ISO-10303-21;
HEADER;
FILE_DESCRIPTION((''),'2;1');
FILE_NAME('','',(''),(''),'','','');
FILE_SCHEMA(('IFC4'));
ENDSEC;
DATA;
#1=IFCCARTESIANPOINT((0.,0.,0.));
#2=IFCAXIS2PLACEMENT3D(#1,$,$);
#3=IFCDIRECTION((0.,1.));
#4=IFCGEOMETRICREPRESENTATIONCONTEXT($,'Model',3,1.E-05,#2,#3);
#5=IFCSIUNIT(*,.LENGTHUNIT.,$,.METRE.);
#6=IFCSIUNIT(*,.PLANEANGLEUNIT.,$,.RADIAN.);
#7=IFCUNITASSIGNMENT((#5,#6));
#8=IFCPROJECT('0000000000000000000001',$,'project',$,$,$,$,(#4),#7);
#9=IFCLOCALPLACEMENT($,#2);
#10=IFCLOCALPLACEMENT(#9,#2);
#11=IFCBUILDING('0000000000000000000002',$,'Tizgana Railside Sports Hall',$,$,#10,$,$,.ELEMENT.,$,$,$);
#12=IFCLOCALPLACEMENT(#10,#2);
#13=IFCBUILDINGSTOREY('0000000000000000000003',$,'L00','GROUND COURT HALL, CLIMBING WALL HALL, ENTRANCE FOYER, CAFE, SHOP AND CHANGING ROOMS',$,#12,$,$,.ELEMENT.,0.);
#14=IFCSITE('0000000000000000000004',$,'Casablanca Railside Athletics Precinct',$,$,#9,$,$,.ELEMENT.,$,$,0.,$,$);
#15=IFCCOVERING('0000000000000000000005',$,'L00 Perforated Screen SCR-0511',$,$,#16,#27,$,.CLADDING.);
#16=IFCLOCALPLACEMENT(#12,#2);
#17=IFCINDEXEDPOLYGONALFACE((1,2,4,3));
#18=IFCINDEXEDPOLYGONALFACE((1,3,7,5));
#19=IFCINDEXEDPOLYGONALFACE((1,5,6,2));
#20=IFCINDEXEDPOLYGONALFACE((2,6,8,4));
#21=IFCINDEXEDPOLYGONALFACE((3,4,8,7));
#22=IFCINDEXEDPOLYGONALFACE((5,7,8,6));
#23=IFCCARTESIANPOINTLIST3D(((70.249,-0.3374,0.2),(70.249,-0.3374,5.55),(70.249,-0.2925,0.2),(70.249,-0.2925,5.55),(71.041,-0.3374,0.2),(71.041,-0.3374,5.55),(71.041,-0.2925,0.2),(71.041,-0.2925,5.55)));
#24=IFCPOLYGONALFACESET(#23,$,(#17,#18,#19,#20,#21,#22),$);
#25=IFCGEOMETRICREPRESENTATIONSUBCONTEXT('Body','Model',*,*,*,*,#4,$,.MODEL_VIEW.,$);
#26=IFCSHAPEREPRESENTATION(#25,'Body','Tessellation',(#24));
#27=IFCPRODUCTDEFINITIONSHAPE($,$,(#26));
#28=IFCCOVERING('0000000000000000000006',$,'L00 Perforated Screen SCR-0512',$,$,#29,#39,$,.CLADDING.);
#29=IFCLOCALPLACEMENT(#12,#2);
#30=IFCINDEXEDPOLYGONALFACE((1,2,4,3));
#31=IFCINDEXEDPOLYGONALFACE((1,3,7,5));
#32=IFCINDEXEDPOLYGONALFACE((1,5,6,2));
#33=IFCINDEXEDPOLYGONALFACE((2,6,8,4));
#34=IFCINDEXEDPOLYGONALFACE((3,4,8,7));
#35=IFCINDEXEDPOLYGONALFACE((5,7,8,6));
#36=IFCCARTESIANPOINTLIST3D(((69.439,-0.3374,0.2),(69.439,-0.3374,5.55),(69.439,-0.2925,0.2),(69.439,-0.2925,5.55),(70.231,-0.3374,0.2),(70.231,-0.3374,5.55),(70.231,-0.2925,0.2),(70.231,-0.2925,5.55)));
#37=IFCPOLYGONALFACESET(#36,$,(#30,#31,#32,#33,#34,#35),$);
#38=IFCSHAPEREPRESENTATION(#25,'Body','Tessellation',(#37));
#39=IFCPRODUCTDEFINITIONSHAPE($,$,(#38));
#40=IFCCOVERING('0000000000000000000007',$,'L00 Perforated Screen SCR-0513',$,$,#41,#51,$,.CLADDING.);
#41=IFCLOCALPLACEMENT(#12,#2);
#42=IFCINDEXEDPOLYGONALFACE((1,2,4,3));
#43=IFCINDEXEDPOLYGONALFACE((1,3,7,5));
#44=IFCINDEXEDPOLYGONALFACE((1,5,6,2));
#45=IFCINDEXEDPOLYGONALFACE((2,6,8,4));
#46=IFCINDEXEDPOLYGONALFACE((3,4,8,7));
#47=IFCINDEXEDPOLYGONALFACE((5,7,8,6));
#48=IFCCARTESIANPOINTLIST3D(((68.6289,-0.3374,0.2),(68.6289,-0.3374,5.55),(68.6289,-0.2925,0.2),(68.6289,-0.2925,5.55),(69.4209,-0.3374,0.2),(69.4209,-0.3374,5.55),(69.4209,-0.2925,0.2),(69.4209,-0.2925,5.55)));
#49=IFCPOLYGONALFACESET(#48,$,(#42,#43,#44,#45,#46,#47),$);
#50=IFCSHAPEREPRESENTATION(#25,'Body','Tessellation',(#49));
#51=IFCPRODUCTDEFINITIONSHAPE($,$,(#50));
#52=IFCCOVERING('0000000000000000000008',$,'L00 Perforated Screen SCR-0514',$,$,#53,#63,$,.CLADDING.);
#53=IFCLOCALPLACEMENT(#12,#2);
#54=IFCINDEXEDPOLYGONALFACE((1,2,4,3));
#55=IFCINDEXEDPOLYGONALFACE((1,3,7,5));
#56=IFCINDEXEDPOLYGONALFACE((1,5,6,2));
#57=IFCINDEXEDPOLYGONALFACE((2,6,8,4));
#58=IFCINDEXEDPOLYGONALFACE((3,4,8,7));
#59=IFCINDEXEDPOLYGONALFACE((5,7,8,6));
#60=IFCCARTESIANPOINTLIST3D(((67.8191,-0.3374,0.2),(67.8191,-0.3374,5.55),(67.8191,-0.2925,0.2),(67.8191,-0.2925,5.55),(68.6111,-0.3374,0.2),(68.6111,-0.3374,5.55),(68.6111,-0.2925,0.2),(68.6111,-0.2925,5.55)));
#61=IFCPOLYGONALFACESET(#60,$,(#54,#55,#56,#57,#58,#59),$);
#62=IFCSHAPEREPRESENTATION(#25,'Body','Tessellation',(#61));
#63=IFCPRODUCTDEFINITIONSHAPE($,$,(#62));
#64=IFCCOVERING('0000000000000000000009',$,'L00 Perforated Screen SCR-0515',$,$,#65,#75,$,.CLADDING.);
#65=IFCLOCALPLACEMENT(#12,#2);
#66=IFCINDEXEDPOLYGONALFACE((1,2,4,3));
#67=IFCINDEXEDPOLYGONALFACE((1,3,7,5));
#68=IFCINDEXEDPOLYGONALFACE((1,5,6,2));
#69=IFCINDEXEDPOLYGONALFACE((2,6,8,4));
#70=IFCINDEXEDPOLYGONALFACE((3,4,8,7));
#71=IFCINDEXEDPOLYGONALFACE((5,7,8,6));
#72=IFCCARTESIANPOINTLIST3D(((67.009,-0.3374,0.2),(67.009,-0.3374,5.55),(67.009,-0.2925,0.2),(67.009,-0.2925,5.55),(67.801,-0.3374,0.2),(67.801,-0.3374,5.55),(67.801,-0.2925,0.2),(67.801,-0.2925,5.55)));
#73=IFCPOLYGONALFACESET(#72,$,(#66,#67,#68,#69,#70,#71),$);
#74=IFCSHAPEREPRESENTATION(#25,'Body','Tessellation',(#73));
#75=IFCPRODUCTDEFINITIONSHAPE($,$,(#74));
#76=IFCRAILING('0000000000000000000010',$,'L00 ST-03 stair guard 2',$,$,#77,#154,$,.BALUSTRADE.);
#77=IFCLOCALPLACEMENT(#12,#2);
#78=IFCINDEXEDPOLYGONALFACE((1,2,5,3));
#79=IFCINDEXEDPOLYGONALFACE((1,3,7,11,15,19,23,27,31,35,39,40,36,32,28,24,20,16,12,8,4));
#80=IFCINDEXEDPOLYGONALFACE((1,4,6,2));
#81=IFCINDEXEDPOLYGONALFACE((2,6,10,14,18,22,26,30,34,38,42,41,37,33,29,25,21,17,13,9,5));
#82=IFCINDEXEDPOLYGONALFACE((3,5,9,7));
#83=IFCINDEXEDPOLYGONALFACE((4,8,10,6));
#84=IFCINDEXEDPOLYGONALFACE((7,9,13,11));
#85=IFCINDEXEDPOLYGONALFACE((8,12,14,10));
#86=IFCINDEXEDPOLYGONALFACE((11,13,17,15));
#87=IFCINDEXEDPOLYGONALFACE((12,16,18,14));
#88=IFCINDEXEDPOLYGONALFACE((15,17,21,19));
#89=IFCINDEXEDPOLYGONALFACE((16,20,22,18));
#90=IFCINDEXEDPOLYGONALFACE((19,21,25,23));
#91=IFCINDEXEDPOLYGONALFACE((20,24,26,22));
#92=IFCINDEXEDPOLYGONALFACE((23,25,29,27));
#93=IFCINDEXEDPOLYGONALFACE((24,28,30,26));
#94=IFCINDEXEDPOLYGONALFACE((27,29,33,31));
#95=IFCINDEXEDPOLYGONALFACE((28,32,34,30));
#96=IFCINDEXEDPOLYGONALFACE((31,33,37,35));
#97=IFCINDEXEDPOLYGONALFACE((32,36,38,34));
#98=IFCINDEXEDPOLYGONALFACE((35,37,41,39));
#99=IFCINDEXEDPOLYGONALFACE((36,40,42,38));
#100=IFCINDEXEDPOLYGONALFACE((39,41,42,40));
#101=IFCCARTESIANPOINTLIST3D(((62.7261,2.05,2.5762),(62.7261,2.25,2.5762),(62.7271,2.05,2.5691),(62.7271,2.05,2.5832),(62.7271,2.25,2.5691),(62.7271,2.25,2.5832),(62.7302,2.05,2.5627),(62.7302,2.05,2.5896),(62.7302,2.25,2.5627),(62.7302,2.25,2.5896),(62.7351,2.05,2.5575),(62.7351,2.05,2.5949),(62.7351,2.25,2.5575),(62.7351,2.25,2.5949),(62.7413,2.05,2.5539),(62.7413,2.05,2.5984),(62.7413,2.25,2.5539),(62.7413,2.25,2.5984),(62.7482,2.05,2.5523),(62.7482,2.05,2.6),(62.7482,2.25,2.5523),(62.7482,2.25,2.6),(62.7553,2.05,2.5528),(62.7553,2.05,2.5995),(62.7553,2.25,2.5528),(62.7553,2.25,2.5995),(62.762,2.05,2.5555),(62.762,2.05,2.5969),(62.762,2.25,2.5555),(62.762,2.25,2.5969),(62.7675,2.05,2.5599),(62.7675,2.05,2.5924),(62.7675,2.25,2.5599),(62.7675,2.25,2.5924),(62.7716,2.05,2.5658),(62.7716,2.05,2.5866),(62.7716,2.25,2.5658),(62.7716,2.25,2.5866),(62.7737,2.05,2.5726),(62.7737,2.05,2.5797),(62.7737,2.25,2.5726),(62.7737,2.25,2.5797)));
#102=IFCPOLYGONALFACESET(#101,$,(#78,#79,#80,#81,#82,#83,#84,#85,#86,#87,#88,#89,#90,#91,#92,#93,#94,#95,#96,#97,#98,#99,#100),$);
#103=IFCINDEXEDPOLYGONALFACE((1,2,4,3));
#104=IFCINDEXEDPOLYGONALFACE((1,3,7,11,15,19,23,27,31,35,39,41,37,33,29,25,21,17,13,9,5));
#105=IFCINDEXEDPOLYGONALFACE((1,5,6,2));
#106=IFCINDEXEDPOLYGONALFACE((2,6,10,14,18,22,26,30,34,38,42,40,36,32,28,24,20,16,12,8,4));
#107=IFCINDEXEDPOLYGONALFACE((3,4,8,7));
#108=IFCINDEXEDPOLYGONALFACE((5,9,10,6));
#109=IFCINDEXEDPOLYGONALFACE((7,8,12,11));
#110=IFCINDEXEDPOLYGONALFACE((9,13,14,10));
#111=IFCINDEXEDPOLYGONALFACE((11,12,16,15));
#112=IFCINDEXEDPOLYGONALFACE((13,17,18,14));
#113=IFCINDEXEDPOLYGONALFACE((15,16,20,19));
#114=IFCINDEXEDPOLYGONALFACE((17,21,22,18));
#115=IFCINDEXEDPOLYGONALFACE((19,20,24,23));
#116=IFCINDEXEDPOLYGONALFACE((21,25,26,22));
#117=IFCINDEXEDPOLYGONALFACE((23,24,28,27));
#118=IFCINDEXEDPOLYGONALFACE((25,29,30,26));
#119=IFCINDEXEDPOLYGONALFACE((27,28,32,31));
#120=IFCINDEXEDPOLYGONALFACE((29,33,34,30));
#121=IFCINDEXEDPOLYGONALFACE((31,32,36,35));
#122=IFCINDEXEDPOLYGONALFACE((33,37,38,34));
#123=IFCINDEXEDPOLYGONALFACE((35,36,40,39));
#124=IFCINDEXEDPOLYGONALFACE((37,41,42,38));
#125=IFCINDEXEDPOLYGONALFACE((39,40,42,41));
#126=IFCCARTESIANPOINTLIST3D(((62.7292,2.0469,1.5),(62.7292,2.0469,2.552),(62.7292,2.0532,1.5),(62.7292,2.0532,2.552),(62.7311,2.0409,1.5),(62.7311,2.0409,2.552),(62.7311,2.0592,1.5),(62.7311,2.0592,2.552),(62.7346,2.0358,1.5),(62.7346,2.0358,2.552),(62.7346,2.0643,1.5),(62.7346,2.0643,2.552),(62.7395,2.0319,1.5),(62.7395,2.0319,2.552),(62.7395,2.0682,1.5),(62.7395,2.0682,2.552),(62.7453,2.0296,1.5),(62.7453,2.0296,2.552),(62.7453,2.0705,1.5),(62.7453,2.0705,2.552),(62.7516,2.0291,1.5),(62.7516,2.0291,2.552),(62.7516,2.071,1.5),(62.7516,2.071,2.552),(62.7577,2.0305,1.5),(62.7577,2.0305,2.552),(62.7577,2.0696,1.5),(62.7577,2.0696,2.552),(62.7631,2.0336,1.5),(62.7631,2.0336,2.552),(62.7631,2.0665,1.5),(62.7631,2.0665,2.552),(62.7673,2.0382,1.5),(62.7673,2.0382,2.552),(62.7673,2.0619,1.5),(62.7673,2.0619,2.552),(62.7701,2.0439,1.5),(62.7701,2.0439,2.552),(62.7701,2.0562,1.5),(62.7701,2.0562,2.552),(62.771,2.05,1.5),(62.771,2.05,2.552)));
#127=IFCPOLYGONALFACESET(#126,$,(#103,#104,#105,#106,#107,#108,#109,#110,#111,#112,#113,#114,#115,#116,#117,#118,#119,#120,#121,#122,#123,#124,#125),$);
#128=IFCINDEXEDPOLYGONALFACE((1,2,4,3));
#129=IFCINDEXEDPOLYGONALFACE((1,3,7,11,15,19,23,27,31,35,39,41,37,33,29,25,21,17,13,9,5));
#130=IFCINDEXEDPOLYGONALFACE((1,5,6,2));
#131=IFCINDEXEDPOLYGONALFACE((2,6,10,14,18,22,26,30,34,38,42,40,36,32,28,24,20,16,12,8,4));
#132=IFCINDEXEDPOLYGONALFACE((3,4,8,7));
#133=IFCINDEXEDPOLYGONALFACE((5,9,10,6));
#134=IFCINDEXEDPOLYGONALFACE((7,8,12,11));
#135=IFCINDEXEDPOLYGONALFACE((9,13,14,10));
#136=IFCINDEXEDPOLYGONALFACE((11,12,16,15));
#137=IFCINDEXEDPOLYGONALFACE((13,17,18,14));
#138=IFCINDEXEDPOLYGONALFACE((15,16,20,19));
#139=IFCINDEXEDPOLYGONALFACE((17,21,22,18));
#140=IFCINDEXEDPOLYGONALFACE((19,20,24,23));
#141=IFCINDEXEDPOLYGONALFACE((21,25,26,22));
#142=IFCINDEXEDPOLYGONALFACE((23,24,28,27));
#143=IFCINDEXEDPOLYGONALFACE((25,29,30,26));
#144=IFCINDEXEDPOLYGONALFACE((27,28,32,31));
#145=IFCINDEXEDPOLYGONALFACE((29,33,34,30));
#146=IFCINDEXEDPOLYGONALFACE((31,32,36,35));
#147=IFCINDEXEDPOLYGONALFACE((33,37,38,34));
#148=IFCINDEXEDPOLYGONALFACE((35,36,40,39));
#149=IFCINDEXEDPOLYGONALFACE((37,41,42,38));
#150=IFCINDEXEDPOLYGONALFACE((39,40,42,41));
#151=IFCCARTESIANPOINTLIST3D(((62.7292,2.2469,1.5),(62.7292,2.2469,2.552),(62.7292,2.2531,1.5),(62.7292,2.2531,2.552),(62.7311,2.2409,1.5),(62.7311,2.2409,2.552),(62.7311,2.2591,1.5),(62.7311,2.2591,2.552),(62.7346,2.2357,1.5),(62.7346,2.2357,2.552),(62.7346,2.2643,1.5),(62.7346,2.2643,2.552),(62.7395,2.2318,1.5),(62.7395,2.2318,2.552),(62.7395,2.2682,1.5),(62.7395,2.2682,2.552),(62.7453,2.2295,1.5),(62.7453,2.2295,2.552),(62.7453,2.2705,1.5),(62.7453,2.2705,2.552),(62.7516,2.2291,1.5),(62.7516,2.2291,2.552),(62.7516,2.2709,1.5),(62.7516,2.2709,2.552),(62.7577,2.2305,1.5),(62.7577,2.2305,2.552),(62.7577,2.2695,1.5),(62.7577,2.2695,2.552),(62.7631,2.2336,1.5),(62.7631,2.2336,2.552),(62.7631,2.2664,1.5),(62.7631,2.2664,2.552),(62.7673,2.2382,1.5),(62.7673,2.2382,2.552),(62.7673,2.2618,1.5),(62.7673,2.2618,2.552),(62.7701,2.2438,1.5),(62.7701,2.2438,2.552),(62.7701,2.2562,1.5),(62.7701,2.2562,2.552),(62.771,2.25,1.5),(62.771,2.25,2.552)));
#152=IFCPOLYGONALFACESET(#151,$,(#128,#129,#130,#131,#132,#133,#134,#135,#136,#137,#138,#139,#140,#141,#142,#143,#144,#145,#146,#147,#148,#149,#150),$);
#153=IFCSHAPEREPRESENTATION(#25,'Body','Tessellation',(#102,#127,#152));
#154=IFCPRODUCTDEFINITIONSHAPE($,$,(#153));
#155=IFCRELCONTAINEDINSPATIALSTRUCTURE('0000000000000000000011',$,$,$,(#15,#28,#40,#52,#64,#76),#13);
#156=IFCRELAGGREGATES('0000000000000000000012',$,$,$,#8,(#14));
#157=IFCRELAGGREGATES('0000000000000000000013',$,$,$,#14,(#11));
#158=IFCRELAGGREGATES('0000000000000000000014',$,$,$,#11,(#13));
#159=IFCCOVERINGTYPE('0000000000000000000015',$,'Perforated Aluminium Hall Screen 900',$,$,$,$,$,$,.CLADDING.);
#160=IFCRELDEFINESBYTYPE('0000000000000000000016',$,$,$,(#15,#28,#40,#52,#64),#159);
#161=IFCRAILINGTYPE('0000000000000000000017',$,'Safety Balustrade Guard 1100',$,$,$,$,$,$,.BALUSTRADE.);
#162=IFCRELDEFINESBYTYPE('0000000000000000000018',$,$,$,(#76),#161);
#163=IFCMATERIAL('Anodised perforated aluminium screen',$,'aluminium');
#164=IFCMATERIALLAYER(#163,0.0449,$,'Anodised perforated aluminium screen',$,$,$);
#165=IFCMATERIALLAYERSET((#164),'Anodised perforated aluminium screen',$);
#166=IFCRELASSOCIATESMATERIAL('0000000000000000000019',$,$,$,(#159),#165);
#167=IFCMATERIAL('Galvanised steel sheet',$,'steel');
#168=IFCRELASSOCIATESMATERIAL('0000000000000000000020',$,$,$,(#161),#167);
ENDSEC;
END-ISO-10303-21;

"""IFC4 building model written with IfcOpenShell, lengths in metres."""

from ifc_helpers import new_model, si_unit, direction, frame, origin, origin_2d, place, context, subcontext, project, spatial, rectangle, circle, extrude, material, layer, layer_set, type_object, element, save


model = new_model("IFC4")

# Units and contexts
model_context = context("Model", 3, precision=1e-05, world=origin(), true_north=direction((0.0, 1.0)))
body_context = subcontext(model_context, "Body", "Model", "MODEL_VIEW")
ifc_project = project(units=[si_unit("LENGTHUNIT", "METRE"), si_unit("PLANEANGLEUNIT", "RADIAN")], contexts=[model_context])

# Site, building, storey
site_placement = place(None, origin())
site = spatial("IfcSite", under=ifc_project, at=site_placement, Name="Casablanca Railside Athletics Precinct", CompositionType="ELEMENT", RefElevation=0.0)
building_placement = place(site_placement, origin())
building = spatial("IfcBuilding", under=site, at=building_placement, Name="Tizgana Railside Sports Hall", CompositionType="ELEMENT")
storey_placement = place(building_placement, origin())
storey = spatial("IfcBuildingStorey", under=building, at=storey_placement, Name="L00", Description="GROUND COURT HALL, CLIMBING WALL HALL, ENTRANCE FOYER, CAFE, SHOP AND CHANGING ROOMS", CompositionType="ELEMENT", Elevation=0.0)

# Shared definitions
ifc_material_1 = material(Name="Galvanised steel sheet", Category="steel")

# Coverings
ifc_material_2 = material(Name="Anodised perforated aluminium screen", Category="aluminium")
ifc_layer_1 = layer(ifc_material_2, 0.0449, Name="Anodised perforated aluminium screen")
ifc_layer_set_1 = layer_set([ifc_layer_1], Name="Anodised perforated aluminium screen")
covering_type = type_object("IfcCoveringType", Name="Perforated Aluminium Hall Screen 900", PredefinedType="CLADDING", material=ifc_layer_set_1)
for number, where, z_axis, x_axis, name in (
    (1, (70.645, -0.3149, 0.2), (0.0, 0.0, 1.0), (-1.0, 0.0, 0.0), "L00 Perforated Screen SCR-0511"),
    (2, (69.835, -0.3149, 0.2), (0.0, 0.0, 1.0), (-1.0, 0.0, 0.0), "L00 Perforated Screen SCR-0512"),
    (3, (69.0249, -0.3149, 0.2), (0.0, 0.0, 1.0), (-1.0, 0.0, 0.0), "L00 Perforated Screen SCR-0513"),
    (4, (68.2151, -0.3149, 0.2), (0.0, 0.0, 1.0), (-1.0, 0.0, 0.0), "L00 Perforated Screen SCR-0514"),
    (5, (67.405, -0.3149, 0.2), (0.0, 0.0, 1.0), (-1.0, 0.0, 0.0), "L00 Perforated Screen SCR-0515"),
):
    element("IfcCovering", number, at=place(storey_placement, frame(where, z_axis=z_axis, x_axis=x_axis)), inside=storey, type_object=covering_type, Name=name, PredefinedType="CLADDING", context=body_context, shape_type="SweptSolid", body=[
        extrude(rectangle(XDim=0.792, YDim=0.0449, at=origin_2d()), origin(), (0.0, 0.0, 1.0), 5.3501),
    ])

# Railing
railing_type_1 = type_object("IfcRailingType", Name="Safety Balustrade Guard 1100", PredefinedType="BALUSTRADE", material=ifc_material_1)
for number, where, name in (
    (6, (62.75, 2.05, 1.5), "L00 ST-03 stair guard 2"),
):
    element("IfcRailing", number, at=place(storey_placement, frame(where)), inside=storey, type_object=railing_type_1, Name=name, PredefinedType="BALUSTRADE", context=body_context, shape_type="SweptSolid", body=[
        extrude(circle(Radius=0.0239, at=origin_2d()), frame((0.0, 0.0, 1.0762), z_axis=(0.0, 1.0, 0.0), x_axis=(-1.0, 0.0, 0.0)), (0.0, 0.0, 1.0), 0.2),
        extrude(circle(Radius=0.021, at=origin_2d()), origin(), (0.0, 0.0, 1.0), 1.052),
        extrude(circle(Radius=0.021, at=origin_2d()), frame((0.0, 0.2, 0.0)), (0.0, 0.0, 1.0), 1.052),
    ])

save(model, "model.ifc")
